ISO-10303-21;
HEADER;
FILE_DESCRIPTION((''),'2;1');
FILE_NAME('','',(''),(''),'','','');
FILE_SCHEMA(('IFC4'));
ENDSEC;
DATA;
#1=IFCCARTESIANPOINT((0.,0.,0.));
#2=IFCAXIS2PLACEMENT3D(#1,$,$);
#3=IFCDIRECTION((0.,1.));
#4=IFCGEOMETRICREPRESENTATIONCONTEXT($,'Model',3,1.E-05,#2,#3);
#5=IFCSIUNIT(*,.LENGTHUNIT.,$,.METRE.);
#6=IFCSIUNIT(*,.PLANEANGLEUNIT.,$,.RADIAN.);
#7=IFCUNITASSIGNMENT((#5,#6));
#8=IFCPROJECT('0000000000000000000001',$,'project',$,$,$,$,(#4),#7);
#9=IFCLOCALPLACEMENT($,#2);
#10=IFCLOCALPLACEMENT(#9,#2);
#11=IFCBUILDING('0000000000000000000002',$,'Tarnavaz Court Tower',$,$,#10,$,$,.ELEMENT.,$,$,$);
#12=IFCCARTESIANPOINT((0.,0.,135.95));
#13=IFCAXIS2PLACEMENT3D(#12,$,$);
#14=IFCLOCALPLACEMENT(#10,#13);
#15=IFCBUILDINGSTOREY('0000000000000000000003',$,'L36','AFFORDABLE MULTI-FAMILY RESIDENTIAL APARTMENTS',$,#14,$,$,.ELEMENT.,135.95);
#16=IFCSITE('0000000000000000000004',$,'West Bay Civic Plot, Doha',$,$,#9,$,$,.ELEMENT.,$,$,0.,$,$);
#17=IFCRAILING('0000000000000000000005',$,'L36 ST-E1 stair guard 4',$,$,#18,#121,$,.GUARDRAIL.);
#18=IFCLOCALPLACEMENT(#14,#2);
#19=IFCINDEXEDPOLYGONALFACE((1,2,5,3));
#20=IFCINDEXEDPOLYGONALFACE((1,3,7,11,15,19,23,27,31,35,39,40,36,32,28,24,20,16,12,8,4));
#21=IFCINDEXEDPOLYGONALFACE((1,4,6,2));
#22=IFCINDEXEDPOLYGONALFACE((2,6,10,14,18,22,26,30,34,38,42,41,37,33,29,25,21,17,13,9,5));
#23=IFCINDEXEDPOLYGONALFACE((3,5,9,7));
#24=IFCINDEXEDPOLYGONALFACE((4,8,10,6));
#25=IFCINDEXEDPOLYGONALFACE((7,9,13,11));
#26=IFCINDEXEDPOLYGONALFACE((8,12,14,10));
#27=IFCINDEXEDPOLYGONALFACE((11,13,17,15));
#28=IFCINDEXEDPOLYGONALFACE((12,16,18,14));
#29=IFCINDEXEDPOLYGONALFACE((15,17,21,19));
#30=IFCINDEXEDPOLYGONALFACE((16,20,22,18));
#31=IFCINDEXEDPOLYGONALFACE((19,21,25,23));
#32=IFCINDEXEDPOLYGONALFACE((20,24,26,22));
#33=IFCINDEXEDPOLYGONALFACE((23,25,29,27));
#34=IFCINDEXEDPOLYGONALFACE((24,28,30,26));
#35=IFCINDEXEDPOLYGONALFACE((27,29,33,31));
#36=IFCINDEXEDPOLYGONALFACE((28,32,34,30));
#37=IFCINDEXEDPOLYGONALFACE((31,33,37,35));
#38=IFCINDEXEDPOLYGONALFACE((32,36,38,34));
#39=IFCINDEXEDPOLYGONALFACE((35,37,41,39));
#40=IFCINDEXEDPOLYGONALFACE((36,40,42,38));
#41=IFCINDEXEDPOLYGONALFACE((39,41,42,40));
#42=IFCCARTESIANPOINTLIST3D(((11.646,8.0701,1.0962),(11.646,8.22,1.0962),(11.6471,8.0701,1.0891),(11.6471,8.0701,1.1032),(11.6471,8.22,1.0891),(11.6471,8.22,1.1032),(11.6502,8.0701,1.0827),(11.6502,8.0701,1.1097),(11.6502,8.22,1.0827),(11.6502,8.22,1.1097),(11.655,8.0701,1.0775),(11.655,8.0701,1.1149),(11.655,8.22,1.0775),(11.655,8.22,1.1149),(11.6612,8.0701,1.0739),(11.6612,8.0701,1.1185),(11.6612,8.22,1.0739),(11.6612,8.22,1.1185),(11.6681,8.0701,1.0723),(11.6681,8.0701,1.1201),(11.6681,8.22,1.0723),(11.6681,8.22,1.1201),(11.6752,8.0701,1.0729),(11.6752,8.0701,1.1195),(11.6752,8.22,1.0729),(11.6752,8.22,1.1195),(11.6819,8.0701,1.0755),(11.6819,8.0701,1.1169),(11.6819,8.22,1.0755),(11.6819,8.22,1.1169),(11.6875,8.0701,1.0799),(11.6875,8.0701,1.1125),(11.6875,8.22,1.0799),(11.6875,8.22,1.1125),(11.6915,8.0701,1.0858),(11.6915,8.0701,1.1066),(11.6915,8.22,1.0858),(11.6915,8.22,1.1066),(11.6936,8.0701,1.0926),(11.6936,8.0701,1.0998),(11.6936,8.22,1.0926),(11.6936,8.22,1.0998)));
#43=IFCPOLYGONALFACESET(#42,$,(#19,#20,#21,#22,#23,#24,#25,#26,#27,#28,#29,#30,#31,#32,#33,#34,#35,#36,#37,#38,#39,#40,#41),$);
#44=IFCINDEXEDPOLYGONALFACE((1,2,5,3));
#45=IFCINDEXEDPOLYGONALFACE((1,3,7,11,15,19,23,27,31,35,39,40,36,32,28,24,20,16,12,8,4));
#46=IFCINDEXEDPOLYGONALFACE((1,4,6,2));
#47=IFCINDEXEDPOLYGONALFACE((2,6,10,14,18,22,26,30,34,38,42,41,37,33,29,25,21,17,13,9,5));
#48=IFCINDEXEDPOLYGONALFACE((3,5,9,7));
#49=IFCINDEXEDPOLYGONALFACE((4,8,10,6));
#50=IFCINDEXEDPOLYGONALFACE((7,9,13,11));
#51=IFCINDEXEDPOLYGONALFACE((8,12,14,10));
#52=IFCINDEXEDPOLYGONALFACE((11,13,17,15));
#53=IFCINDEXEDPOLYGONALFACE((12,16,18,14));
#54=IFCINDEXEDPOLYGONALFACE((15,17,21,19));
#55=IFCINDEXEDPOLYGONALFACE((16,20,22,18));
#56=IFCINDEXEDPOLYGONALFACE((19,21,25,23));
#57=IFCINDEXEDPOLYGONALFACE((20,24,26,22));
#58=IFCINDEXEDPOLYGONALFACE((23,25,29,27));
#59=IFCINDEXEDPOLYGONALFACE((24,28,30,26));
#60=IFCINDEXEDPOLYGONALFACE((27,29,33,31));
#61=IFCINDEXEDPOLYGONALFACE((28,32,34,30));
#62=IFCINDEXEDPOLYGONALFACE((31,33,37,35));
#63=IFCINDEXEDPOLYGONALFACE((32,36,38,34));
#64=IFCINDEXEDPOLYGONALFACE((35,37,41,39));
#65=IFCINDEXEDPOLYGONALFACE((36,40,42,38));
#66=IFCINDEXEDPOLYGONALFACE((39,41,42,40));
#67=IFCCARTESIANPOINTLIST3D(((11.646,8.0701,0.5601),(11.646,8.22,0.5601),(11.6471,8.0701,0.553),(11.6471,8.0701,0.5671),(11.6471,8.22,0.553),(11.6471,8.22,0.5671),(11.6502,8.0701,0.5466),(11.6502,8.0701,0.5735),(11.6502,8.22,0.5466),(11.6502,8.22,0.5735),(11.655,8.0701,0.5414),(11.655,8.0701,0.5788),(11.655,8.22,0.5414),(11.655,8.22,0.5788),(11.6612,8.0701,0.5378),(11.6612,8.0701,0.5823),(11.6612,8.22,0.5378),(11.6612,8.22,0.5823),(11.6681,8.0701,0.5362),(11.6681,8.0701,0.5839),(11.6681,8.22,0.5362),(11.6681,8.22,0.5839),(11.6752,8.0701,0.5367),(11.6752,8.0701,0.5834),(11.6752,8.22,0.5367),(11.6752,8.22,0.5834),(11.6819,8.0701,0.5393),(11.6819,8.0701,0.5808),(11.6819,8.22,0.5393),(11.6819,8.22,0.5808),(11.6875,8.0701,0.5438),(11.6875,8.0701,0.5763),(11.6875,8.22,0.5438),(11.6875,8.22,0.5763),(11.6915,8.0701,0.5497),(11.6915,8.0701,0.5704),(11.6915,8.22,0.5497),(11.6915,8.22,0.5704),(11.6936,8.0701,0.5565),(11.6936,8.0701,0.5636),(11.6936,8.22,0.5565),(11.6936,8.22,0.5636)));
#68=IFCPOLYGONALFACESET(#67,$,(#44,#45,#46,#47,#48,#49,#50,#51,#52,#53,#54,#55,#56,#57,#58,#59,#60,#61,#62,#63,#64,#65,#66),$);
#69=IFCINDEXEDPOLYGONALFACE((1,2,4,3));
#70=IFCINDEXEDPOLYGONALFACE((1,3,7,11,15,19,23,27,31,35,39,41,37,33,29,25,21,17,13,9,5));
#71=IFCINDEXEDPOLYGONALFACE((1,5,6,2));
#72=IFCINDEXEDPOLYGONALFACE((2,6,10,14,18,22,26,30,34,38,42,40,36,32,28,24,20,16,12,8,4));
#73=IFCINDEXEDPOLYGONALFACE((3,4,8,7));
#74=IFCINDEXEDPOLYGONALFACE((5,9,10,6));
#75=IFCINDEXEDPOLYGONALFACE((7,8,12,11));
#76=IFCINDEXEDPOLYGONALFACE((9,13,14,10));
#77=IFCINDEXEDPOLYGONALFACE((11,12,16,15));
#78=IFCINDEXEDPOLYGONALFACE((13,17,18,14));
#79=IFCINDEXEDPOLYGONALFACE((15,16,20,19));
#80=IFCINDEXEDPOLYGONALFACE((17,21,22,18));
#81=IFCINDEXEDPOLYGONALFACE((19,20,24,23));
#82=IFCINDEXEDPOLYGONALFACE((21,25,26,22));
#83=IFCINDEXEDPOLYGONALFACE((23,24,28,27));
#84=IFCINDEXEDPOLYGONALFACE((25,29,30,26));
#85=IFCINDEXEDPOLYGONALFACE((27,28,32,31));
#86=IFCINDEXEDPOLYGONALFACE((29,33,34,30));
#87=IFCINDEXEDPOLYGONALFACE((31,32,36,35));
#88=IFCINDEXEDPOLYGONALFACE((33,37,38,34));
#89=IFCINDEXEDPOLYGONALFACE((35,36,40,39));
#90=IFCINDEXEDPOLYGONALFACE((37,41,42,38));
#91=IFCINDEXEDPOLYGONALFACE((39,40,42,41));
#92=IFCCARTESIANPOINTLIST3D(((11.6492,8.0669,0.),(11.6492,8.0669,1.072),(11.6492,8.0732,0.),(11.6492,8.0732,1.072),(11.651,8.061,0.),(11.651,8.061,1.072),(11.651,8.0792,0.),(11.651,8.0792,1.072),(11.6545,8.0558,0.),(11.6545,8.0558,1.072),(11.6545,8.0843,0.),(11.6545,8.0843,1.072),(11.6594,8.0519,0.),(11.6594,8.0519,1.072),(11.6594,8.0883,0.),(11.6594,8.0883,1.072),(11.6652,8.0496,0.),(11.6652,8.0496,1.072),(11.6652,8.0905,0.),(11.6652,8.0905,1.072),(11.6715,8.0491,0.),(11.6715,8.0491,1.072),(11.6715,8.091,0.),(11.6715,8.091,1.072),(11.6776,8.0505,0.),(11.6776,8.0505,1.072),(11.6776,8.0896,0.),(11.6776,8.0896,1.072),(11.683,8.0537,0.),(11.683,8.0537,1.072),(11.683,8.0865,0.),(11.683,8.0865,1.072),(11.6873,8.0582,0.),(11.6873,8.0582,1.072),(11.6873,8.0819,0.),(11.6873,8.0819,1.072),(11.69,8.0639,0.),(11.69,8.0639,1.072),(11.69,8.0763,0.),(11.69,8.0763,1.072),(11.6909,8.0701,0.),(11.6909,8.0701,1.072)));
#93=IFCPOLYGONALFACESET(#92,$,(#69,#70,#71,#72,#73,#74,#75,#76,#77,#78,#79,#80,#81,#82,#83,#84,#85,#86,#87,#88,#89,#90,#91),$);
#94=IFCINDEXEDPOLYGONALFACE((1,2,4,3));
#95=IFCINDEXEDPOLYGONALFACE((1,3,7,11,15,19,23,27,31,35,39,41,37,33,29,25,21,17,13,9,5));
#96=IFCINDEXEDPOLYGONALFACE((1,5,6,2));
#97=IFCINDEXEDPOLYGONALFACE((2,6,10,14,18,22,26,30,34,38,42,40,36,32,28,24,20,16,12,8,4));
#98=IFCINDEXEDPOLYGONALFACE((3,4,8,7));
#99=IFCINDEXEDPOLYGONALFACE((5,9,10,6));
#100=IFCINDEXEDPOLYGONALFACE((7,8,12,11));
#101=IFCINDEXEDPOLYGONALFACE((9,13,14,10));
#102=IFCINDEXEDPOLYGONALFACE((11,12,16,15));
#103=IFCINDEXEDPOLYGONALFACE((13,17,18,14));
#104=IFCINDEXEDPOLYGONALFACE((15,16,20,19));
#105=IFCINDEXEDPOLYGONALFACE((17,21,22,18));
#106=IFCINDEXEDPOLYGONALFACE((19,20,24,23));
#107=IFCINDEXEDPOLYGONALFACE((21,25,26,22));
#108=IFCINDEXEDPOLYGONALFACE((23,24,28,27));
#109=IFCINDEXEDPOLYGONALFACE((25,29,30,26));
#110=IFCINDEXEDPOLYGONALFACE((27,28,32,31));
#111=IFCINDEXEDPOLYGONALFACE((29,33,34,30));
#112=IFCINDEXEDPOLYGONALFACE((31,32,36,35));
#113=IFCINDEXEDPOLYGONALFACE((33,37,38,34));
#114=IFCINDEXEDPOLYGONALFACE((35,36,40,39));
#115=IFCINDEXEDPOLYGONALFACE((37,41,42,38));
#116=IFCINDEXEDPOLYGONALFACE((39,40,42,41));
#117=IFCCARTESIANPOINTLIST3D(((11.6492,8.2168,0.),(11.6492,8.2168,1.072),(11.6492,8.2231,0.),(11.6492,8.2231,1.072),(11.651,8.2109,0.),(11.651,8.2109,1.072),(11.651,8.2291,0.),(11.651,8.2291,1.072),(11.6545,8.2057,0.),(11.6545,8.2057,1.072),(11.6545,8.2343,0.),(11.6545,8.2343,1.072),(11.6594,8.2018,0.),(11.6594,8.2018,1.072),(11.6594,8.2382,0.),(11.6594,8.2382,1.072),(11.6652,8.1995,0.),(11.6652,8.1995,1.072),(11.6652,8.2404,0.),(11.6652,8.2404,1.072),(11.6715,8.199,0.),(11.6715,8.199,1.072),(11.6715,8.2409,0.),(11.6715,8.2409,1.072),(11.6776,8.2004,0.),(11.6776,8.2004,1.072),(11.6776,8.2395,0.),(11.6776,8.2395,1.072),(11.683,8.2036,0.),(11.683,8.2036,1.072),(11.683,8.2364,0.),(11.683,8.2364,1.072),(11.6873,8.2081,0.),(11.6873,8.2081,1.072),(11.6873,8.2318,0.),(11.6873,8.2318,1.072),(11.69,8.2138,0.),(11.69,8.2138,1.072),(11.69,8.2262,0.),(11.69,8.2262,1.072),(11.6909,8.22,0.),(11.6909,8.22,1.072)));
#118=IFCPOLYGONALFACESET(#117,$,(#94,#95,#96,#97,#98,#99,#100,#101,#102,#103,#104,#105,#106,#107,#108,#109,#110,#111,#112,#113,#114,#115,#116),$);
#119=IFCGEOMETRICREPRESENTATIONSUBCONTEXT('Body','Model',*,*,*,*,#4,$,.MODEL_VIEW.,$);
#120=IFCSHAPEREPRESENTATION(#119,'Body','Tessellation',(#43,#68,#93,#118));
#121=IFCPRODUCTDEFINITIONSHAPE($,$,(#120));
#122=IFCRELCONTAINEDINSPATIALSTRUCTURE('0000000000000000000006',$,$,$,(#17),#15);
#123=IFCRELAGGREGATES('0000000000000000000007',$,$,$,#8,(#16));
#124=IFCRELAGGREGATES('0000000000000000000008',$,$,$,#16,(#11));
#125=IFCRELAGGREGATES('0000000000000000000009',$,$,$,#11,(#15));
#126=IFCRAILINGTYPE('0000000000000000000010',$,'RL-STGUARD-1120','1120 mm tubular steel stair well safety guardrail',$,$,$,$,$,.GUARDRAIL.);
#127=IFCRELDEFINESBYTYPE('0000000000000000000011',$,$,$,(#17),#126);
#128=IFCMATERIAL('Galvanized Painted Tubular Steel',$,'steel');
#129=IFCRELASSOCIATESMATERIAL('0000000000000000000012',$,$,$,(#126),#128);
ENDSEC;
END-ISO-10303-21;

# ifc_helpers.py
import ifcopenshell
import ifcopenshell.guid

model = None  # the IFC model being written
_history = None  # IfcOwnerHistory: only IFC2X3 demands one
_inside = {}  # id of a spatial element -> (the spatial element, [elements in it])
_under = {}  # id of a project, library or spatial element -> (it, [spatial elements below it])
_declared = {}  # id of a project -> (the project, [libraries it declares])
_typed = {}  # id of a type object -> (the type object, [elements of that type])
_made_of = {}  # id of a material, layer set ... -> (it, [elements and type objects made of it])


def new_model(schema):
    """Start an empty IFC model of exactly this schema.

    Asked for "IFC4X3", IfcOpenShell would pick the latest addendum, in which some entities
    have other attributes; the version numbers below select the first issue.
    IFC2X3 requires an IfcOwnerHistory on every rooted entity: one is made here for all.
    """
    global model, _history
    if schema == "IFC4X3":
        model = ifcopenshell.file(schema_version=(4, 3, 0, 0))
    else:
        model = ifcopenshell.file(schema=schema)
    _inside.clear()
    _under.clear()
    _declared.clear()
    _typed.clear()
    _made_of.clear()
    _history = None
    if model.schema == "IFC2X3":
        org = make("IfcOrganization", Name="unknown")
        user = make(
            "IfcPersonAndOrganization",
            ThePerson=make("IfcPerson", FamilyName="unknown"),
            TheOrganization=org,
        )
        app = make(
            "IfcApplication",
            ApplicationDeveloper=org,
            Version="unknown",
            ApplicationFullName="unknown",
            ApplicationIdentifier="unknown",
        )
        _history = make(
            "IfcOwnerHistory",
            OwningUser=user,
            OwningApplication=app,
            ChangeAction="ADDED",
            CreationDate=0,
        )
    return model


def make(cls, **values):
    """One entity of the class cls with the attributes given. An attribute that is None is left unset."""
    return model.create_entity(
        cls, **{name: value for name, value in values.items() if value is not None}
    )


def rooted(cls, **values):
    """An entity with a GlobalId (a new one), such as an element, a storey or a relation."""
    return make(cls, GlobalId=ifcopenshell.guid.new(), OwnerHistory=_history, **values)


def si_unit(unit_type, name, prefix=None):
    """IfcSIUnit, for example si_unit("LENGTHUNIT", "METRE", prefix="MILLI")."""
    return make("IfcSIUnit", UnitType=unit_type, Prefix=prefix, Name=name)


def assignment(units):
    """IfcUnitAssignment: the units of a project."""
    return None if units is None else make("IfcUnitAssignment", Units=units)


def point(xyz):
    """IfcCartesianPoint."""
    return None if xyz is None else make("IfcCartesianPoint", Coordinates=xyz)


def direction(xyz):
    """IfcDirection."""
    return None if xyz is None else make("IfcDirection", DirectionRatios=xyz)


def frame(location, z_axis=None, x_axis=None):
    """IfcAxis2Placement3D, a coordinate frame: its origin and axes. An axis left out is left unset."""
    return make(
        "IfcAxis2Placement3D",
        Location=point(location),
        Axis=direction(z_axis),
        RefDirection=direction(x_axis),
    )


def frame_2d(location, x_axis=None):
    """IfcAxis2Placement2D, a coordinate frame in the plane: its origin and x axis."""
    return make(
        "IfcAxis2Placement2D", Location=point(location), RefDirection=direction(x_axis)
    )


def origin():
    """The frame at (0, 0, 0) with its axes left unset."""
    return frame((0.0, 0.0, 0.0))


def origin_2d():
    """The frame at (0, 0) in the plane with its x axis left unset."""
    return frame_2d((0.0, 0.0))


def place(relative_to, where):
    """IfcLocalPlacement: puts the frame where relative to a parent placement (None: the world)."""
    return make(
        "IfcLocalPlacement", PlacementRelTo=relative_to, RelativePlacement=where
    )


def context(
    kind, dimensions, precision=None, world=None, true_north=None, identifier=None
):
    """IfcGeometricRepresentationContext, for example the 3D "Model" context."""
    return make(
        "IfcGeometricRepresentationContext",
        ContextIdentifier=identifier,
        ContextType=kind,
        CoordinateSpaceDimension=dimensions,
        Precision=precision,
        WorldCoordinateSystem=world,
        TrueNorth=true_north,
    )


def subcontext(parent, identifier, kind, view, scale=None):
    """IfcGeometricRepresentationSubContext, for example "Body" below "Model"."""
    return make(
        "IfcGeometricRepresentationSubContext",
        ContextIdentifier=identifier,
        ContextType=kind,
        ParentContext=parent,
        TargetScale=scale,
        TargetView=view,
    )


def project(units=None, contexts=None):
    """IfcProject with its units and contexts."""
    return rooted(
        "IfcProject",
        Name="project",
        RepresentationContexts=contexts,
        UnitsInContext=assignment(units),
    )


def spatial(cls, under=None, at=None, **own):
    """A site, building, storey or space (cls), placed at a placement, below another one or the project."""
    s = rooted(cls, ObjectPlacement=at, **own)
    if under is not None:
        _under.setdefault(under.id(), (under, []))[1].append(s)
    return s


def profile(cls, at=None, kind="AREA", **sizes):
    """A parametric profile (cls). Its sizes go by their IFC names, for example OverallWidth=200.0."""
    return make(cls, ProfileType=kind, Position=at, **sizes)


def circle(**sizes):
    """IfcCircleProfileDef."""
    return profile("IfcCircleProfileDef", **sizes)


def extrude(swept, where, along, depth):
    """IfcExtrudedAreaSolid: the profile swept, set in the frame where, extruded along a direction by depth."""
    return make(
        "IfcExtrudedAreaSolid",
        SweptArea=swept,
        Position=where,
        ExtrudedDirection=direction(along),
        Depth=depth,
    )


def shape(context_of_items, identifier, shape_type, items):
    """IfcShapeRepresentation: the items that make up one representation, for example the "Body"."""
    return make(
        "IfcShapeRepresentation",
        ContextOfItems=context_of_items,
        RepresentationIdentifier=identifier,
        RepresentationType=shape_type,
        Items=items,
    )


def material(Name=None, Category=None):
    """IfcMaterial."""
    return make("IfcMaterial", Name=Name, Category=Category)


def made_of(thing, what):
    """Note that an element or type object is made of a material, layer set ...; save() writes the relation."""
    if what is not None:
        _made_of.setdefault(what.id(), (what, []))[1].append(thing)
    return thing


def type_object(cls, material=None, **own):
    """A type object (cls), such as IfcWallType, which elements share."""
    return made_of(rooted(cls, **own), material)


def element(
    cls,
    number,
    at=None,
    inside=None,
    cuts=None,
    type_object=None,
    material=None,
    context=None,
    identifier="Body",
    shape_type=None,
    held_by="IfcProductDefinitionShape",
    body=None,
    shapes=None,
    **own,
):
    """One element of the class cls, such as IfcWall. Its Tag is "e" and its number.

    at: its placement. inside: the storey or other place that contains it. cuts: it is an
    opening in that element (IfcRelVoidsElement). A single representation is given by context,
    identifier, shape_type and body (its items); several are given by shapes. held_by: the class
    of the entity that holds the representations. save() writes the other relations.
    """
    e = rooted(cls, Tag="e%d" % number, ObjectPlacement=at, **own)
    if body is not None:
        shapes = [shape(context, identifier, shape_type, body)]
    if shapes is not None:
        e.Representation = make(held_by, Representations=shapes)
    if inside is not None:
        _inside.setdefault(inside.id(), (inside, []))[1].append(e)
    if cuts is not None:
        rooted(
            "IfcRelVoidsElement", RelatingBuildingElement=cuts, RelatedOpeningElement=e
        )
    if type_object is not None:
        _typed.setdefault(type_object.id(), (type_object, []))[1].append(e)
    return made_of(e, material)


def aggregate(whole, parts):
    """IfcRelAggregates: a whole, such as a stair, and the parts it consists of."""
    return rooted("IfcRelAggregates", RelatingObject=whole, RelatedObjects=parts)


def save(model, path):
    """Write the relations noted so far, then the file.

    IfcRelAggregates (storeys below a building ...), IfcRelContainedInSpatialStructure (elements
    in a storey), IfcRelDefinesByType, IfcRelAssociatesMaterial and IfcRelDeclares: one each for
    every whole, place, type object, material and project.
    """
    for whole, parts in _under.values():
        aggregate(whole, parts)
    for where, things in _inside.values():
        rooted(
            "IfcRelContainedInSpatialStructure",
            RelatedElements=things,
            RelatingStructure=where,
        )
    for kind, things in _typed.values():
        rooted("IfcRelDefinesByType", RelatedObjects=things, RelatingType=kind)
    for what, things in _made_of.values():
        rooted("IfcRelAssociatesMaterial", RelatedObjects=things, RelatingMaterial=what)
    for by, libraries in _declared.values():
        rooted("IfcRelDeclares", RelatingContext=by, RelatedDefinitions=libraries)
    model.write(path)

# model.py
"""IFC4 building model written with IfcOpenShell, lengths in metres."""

from ifc_helpers import new_model, si_unit, direction, frame, origin, origin_2d, place, context, subcontext, project, spatial, circle, extrude, material, type_object, element, save


model = new_model("IFC4")

# Units and contexts
model_context = context("Model", 3, precision=1e-05, world=origin(), true_north=direction((0.0, 1.0)))
body_context = subcontext(model_context, "Body", "Model", "MODEL_VIEW")
ifc_project = project(units=[si_unit("LENGTHUNIT", "METRE"), si_unit("PLANEANGLEUNIT", "RADIAN")], contexts=[model_context])

# Site, building, storey
site_placement = place(None, origin())
site = spatial("IfcSite", under=ifc_project, at=site_placement, Name="West Bay Civic Plot, Doha", CompositionType="ELEMENT", RefElevation=0.0)
building_placement = place(site_placement, origin())
building = spatial("IfcBuilding", under=site, at=building_placement, Name="Tarnavaz Court Tower", CompositionType="ELEMENT")
storey_placement = place(building_placement, frame((0.0, 0.0, 135.95)))
storey = spatial("IfcBuildingStorey", under=building, at=storey_placement, Name="L36", Description="AFFORDABLE MULTI-FAMILY RESIDENTIAL APARTMENTS", CompositionType="ELEMENT", Elevation=135.95)

# Railing
ifc_material_1 = material(Name="Galvanized Painted Tubular Steel", Category="steel")
railing_type_1 = type_object("IfcRailingType", Name="RL-STGUARD-1120", Description="1120 mm tubular steel stair well safety guardrail", PredefinedType="GUARDRAIL", material=ifc_material_1)
railing_1_placement = place(storey_placement, frame((11.6699, 8.0701, 0.0)))
element("IfcRailing", 1, at=railing_1_placement, inside=storey, type_object=railing_type_1, Name="L36 ST-E1 stair guard 4", PredefinedType="GUARDRAIL", context=body_context, shape_type="SweptSolid", body=[
    extrude(circle(Radius=0.0239, at=origin_2d()), frame((0.0, 0.0, 1.0962), z_axis=(0.0, 1.0, 0.0), x_axis=(-1.0, 0.0, 0.0)), (0.0, 0.0, 1.0), 0.1499),
    extrude(circle(Radius=0.0239, at=origin_2d()), frame((0.0, 0.0, 0.5601), z_axis=(0.0, 1.0, 0.0), x_axis=(-1.0, 0.0, 0.0)), (0.0, 0.0, 1.0), 0.1499),
    extrude(circle(Radius=0.021, at=origin_2d()), origin(), (0.0, 0.0, 1.0), 1.072),
    extrude(circle(Radius=0.021, at=origin_2d()), frame((0.0, 0.1499, 0.0)), (0.0, 0.0, 1.0), 1.072),
])

save(model, "model.ifc")
